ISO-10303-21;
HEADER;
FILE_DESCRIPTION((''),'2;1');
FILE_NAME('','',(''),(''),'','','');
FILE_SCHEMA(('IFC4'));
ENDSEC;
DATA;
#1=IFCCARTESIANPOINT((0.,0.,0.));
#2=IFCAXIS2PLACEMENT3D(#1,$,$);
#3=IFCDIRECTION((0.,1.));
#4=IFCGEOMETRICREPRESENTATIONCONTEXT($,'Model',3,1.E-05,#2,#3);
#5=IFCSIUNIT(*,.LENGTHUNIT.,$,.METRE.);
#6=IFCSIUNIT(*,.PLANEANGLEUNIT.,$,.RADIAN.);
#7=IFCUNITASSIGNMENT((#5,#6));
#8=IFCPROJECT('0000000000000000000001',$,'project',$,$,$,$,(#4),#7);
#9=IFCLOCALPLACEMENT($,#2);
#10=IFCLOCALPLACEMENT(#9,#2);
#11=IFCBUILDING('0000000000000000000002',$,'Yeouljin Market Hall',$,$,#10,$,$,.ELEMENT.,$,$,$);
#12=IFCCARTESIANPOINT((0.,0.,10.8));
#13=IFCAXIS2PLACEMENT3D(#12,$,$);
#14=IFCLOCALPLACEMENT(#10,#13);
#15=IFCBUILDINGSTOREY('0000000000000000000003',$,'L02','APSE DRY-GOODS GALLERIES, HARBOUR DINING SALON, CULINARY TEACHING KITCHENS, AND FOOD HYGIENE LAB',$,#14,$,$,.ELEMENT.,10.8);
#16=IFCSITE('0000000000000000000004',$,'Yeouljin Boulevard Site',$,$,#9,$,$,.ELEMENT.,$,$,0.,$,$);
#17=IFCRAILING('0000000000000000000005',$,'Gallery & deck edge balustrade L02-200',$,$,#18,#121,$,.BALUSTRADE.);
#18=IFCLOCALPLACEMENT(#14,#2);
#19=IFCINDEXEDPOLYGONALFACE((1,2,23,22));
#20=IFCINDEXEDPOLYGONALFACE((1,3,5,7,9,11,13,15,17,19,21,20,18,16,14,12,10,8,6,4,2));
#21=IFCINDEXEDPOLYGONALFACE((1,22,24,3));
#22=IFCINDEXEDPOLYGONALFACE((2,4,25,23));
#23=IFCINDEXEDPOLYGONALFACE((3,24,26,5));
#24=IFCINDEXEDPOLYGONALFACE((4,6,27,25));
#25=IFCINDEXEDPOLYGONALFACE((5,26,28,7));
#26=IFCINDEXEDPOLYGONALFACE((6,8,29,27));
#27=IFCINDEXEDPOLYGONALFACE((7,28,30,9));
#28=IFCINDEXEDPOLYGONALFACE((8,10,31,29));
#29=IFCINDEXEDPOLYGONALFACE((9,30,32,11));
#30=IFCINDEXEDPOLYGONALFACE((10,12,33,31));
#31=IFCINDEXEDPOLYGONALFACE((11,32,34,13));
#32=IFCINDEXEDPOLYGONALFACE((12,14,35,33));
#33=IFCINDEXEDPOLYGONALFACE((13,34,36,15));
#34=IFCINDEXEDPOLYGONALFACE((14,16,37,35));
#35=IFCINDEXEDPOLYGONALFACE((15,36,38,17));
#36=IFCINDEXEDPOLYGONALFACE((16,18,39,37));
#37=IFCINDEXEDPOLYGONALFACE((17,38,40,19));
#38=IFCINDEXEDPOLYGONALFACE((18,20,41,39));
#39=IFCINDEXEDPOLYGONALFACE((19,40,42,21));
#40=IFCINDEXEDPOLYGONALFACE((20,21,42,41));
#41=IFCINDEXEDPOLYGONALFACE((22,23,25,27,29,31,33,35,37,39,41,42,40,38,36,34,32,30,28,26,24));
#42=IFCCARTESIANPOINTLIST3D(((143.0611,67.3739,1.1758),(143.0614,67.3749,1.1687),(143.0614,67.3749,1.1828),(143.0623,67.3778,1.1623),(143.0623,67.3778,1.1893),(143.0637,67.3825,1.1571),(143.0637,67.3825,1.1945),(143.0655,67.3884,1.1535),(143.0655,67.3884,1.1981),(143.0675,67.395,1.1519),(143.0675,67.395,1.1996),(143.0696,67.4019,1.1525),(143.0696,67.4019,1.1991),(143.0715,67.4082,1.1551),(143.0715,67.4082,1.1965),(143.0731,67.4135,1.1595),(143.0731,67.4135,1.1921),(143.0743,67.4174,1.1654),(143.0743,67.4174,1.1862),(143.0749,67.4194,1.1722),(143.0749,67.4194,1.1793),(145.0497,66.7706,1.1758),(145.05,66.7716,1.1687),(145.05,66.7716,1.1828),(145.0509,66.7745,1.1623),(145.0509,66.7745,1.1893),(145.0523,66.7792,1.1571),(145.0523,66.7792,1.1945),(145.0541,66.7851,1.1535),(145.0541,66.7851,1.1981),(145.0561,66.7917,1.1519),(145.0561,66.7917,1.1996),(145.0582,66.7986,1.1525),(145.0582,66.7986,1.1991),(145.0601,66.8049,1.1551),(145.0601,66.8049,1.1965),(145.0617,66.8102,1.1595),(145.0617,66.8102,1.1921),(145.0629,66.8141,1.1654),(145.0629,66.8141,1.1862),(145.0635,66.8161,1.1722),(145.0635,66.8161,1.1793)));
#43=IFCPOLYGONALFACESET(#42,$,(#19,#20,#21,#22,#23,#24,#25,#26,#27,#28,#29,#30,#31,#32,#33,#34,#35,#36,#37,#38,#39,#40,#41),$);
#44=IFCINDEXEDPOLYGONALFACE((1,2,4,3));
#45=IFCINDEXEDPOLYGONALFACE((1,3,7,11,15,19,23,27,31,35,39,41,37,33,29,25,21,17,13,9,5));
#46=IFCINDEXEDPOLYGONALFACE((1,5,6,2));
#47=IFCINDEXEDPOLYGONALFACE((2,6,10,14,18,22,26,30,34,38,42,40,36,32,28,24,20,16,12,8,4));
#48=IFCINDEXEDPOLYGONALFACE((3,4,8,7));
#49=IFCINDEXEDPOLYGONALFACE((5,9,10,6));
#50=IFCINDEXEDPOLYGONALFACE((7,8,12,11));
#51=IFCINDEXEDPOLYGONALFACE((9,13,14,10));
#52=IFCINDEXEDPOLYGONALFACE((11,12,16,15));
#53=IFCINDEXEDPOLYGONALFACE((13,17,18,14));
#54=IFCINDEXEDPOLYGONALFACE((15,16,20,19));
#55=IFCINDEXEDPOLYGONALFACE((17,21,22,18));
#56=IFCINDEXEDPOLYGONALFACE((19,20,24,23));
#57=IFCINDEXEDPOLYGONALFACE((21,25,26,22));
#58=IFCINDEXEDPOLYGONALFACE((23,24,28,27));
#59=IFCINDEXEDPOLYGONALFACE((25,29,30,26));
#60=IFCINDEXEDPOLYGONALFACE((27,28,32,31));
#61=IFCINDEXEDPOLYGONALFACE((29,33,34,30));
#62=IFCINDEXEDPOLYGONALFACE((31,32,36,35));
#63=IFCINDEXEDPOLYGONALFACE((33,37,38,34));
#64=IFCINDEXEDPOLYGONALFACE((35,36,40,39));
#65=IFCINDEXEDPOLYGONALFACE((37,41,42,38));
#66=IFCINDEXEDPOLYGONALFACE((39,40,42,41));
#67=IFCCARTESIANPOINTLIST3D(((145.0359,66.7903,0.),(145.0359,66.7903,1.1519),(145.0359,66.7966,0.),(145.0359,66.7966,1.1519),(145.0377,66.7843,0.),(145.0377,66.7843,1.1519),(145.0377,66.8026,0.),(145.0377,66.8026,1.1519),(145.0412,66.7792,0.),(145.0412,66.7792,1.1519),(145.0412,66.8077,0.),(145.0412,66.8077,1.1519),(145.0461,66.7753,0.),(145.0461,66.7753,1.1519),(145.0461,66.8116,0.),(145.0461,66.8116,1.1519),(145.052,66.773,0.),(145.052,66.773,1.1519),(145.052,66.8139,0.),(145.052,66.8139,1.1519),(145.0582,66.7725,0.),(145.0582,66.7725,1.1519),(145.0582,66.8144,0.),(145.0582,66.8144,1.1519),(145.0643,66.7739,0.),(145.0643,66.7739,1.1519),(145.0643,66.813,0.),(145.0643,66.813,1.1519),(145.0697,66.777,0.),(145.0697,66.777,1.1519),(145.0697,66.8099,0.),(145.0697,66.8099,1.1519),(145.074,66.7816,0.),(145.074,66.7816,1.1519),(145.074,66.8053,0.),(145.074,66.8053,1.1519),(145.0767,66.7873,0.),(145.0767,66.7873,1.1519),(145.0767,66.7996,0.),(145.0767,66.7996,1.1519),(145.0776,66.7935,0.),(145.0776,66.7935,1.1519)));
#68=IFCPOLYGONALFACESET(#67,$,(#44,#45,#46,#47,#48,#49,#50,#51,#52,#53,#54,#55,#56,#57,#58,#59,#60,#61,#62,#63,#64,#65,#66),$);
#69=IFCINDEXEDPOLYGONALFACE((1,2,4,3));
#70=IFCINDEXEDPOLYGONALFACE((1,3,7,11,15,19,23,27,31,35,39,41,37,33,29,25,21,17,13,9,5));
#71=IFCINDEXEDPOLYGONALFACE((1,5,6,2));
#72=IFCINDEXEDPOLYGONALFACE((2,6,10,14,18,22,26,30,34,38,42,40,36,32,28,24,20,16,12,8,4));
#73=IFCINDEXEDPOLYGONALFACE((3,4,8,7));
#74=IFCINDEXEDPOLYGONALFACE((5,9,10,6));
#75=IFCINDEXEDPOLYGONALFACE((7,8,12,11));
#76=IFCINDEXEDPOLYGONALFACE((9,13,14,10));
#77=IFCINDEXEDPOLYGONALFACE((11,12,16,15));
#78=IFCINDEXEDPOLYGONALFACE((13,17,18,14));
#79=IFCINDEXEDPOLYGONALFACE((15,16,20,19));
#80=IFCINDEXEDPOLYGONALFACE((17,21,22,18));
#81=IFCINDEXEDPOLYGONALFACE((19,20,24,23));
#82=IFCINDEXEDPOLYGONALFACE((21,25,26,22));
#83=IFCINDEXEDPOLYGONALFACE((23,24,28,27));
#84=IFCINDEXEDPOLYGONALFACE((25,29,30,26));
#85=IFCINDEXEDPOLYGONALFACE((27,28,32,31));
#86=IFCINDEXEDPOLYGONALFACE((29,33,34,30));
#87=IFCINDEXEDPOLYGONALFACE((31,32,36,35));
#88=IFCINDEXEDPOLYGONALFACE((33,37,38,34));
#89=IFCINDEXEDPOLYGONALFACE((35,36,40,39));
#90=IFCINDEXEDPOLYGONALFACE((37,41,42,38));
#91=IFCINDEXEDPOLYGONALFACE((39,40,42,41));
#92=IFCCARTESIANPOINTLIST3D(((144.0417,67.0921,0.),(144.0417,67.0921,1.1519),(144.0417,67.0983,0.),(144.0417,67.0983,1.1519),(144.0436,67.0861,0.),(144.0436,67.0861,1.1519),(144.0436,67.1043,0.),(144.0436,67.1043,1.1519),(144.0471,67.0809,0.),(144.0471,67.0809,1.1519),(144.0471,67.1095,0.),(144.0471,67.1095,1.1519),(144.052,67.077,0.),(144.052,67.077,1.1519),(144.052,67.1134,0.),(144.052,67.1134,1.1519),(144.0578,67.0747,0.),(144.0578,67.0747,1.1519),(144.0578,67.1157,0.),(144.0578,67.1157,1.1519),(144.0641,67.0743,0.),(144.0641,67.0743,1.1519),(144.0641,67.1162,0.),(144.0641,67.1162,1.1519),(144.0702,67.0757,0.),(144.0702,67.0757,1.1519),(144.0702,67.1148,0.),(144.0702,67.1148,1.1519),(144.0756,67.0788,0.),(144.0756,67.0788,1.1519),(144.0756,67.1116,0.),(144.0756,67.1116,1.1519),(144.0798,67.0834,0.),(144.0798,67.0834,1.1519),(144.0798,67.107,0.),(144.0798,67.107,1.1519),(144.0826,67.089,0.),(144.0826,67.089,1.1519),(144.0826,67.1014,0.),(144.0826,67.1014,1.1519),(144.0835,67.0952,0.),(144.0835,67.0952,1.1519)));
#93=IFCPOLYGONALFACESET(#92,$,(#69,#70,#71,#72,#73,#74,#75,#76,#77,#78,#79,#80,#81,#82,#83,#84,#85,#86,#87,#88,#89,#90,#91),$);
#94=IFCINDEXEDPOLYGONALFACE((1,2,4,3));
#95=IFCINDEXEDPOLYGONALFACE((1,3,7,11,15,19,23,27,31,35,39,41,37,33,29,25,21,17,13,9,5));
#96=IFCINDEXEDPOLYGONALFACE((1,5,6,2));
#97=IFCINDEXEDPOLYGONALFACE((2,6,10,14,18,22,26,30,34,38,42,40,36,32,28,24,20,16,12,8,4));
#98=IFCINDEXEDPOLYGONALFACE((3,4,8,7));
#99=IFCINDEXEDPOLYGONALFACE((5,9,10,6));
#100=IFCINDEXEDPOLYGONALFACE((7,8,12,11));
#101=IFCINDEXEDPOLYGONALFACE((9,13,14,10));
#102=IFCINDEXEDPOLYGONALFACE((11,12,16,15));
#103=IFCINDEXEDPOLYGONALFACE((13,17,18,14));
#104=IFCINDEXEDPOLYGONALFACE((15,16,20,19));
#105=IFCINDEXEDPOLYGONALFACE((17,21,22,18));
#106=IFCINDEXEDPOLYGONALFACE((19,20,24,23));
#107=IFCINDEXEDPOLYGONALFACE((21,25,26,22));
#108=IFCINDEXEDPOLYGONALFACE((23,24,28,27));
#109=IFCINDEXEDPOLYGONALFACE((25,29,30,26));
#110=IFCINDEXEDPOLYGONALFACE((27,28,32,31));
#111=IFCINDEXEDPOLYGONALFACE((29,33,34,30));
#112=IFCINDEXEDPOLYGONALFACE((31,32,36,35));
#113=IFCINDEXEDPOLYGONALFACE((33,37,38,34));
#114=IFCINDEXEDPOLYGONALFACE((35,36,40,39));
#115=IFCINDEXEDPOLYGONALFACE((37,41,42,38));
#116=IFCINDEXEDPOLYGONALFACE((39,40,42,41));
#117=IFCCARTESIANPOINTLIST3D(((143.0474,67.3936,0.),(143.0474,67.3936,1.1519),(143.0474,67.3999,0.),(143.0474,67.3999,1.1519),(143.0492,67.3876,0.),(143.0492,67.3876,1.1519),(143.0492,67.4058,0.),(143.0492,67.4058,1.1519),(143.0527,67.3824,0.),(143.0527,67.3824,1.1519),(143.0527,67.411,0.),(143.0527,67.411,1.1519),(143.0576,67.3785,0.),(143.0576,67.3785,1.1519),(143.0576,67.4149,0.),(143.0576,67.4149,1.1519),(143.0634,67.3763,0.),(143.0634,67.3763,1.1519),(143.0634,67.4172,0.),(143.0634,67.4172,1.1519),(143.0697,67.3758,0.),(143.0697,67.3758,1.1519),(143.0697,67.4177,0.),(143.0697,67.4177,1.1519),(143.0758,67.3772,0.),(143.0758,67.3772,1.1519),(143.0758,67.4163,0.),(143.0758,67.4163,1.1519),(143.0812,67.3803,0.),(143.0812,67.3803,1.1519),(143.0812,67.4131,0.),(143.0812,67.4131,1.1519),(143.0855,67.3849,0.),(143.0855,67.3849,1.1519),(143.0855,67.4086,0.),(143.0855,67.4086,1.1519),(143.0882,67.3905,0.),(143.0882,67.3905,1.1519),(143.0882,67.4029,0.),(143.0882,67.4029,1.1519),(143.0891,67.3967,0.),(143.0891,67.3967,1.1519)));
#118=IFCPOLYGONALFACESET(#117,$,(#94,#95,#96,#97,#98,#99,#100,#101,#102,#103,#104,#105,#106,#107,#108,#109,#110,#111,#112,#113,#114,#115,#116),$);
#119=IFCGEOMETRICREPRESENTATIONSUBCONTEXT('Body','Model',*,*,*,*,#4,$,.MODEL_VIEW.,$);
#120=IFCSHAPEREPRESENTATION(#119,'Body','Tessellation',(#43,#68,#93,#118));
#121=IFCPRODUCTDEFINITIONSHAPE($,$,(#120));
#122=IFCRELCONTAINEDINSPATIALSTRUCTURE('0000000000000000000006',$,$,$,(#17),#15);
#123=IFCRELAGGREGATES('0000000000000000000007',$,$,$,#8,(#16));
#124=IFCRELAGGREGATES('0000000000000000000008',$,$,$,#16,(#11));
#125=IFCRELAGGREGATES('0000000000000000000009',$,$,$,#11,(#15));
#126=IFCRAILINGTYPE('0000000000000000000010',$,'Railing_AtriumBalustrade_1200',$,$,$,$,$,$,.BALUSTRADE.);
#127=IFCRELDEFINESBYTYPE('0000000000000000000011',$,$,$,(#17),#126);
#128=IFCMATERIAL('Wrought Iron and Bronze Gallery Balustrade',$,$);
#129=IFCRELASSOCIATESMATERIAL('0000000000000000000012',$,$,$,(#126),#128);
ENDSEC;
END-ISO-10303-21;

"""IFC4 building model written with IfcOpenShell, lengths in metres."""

from ifc_helpers import new_model, si_unit, direction, frame, origin, origin_2d, place, context, subcontext, project, spatial, circle, extrude, material, type_object, element, save


model = new_model("IFC4")

# Units and contexts
model_context = context("Model", 3, precision=1e-05, world=origin(), true_north=direction((0.0, 1.0)))
body_context = subcontext(model_context, "Body", "Model", "MODEL_VIEW")
ifc_project = project(units=[si_unit("LENGTHUNIT", "METRE"), si_unit("PLANEANGLEUNIT", "RADIAN")], contexts=[model_context])

# Site, building, storey
site_placement = place(None, origin())
site = spatial("IfcSite", under=ifc_project, at=site_placement, Name="Yeouljin Boulevard Site", CompositionType="ELEMENT", RefElevation=0.0)
building_placement = place(site_placement, origin())
building = spatial("IfcBuilding", under=site, at=building_placement, Name="Yeouljin Market Hall", CompositionType="ELEMENT")
storey_placement = place(building_placement, frame((0.0, 0.0, 10.8)))
storey = spatial("IfcBuildingStorey", under=building, at=storey_placement, Name="L02", Description="APSE DRY-GOODS GALLERIES, HARBOUR DINING SALON, CULINARY TEACHING KITCHENS, AND FOOD HYGIENE LAB", CompositionType="ELEMENT", Elevation=10.8)

# Railing
ifc_material_1 = material(Name="Wrought Iron and Bronze Gallery Balustrade")
railing_type = type_object("IfcRailingType", Name="Railing_AtriumBalustrade_1200", PredefinedType="BALUSTRADE", material=ifc_material_1)
railing_1_placement = place(storey_placement, frame((145.0566, 66.7935, 0.0)))
element("IfcRailing", 1, at=railing_1_placement, inside=storey, type_object=railing_type, Name="Gallery & deck edge balustrade L02-200", PredefinedType="BALUSTRADE", context=body_context, shape_type="SweptSolid", body=[
    extrude(circle(Radius=0.0239, at=origin_2d()), frame((0.0, 0.0, 1.1758), z_axis=(-0.956932, 0.290311, 0.0), x_axis=(-0.290311, -0.956932, 0.0)), (0.0, 0.0, 1.0), 2.0781),
    extrude(circle(Radius=0.021, at=origin_2d()), origin(), (0.0, 0.0, 1.0), 1.1519),
    extrude(circle(Radius=0.021, at=origin_2d()), frame((-0.9941, 0.3018, 0.0)), (0.0, 0.0, 1.0), 1.1519),
    extrude(circle(Radius=0.021, at=origin_2d()), frame((-1.9885, 0.6033, 0.0)), (0.0, 0.0, 1.0), 1.1519),
])

save(model, "model.ifc")
